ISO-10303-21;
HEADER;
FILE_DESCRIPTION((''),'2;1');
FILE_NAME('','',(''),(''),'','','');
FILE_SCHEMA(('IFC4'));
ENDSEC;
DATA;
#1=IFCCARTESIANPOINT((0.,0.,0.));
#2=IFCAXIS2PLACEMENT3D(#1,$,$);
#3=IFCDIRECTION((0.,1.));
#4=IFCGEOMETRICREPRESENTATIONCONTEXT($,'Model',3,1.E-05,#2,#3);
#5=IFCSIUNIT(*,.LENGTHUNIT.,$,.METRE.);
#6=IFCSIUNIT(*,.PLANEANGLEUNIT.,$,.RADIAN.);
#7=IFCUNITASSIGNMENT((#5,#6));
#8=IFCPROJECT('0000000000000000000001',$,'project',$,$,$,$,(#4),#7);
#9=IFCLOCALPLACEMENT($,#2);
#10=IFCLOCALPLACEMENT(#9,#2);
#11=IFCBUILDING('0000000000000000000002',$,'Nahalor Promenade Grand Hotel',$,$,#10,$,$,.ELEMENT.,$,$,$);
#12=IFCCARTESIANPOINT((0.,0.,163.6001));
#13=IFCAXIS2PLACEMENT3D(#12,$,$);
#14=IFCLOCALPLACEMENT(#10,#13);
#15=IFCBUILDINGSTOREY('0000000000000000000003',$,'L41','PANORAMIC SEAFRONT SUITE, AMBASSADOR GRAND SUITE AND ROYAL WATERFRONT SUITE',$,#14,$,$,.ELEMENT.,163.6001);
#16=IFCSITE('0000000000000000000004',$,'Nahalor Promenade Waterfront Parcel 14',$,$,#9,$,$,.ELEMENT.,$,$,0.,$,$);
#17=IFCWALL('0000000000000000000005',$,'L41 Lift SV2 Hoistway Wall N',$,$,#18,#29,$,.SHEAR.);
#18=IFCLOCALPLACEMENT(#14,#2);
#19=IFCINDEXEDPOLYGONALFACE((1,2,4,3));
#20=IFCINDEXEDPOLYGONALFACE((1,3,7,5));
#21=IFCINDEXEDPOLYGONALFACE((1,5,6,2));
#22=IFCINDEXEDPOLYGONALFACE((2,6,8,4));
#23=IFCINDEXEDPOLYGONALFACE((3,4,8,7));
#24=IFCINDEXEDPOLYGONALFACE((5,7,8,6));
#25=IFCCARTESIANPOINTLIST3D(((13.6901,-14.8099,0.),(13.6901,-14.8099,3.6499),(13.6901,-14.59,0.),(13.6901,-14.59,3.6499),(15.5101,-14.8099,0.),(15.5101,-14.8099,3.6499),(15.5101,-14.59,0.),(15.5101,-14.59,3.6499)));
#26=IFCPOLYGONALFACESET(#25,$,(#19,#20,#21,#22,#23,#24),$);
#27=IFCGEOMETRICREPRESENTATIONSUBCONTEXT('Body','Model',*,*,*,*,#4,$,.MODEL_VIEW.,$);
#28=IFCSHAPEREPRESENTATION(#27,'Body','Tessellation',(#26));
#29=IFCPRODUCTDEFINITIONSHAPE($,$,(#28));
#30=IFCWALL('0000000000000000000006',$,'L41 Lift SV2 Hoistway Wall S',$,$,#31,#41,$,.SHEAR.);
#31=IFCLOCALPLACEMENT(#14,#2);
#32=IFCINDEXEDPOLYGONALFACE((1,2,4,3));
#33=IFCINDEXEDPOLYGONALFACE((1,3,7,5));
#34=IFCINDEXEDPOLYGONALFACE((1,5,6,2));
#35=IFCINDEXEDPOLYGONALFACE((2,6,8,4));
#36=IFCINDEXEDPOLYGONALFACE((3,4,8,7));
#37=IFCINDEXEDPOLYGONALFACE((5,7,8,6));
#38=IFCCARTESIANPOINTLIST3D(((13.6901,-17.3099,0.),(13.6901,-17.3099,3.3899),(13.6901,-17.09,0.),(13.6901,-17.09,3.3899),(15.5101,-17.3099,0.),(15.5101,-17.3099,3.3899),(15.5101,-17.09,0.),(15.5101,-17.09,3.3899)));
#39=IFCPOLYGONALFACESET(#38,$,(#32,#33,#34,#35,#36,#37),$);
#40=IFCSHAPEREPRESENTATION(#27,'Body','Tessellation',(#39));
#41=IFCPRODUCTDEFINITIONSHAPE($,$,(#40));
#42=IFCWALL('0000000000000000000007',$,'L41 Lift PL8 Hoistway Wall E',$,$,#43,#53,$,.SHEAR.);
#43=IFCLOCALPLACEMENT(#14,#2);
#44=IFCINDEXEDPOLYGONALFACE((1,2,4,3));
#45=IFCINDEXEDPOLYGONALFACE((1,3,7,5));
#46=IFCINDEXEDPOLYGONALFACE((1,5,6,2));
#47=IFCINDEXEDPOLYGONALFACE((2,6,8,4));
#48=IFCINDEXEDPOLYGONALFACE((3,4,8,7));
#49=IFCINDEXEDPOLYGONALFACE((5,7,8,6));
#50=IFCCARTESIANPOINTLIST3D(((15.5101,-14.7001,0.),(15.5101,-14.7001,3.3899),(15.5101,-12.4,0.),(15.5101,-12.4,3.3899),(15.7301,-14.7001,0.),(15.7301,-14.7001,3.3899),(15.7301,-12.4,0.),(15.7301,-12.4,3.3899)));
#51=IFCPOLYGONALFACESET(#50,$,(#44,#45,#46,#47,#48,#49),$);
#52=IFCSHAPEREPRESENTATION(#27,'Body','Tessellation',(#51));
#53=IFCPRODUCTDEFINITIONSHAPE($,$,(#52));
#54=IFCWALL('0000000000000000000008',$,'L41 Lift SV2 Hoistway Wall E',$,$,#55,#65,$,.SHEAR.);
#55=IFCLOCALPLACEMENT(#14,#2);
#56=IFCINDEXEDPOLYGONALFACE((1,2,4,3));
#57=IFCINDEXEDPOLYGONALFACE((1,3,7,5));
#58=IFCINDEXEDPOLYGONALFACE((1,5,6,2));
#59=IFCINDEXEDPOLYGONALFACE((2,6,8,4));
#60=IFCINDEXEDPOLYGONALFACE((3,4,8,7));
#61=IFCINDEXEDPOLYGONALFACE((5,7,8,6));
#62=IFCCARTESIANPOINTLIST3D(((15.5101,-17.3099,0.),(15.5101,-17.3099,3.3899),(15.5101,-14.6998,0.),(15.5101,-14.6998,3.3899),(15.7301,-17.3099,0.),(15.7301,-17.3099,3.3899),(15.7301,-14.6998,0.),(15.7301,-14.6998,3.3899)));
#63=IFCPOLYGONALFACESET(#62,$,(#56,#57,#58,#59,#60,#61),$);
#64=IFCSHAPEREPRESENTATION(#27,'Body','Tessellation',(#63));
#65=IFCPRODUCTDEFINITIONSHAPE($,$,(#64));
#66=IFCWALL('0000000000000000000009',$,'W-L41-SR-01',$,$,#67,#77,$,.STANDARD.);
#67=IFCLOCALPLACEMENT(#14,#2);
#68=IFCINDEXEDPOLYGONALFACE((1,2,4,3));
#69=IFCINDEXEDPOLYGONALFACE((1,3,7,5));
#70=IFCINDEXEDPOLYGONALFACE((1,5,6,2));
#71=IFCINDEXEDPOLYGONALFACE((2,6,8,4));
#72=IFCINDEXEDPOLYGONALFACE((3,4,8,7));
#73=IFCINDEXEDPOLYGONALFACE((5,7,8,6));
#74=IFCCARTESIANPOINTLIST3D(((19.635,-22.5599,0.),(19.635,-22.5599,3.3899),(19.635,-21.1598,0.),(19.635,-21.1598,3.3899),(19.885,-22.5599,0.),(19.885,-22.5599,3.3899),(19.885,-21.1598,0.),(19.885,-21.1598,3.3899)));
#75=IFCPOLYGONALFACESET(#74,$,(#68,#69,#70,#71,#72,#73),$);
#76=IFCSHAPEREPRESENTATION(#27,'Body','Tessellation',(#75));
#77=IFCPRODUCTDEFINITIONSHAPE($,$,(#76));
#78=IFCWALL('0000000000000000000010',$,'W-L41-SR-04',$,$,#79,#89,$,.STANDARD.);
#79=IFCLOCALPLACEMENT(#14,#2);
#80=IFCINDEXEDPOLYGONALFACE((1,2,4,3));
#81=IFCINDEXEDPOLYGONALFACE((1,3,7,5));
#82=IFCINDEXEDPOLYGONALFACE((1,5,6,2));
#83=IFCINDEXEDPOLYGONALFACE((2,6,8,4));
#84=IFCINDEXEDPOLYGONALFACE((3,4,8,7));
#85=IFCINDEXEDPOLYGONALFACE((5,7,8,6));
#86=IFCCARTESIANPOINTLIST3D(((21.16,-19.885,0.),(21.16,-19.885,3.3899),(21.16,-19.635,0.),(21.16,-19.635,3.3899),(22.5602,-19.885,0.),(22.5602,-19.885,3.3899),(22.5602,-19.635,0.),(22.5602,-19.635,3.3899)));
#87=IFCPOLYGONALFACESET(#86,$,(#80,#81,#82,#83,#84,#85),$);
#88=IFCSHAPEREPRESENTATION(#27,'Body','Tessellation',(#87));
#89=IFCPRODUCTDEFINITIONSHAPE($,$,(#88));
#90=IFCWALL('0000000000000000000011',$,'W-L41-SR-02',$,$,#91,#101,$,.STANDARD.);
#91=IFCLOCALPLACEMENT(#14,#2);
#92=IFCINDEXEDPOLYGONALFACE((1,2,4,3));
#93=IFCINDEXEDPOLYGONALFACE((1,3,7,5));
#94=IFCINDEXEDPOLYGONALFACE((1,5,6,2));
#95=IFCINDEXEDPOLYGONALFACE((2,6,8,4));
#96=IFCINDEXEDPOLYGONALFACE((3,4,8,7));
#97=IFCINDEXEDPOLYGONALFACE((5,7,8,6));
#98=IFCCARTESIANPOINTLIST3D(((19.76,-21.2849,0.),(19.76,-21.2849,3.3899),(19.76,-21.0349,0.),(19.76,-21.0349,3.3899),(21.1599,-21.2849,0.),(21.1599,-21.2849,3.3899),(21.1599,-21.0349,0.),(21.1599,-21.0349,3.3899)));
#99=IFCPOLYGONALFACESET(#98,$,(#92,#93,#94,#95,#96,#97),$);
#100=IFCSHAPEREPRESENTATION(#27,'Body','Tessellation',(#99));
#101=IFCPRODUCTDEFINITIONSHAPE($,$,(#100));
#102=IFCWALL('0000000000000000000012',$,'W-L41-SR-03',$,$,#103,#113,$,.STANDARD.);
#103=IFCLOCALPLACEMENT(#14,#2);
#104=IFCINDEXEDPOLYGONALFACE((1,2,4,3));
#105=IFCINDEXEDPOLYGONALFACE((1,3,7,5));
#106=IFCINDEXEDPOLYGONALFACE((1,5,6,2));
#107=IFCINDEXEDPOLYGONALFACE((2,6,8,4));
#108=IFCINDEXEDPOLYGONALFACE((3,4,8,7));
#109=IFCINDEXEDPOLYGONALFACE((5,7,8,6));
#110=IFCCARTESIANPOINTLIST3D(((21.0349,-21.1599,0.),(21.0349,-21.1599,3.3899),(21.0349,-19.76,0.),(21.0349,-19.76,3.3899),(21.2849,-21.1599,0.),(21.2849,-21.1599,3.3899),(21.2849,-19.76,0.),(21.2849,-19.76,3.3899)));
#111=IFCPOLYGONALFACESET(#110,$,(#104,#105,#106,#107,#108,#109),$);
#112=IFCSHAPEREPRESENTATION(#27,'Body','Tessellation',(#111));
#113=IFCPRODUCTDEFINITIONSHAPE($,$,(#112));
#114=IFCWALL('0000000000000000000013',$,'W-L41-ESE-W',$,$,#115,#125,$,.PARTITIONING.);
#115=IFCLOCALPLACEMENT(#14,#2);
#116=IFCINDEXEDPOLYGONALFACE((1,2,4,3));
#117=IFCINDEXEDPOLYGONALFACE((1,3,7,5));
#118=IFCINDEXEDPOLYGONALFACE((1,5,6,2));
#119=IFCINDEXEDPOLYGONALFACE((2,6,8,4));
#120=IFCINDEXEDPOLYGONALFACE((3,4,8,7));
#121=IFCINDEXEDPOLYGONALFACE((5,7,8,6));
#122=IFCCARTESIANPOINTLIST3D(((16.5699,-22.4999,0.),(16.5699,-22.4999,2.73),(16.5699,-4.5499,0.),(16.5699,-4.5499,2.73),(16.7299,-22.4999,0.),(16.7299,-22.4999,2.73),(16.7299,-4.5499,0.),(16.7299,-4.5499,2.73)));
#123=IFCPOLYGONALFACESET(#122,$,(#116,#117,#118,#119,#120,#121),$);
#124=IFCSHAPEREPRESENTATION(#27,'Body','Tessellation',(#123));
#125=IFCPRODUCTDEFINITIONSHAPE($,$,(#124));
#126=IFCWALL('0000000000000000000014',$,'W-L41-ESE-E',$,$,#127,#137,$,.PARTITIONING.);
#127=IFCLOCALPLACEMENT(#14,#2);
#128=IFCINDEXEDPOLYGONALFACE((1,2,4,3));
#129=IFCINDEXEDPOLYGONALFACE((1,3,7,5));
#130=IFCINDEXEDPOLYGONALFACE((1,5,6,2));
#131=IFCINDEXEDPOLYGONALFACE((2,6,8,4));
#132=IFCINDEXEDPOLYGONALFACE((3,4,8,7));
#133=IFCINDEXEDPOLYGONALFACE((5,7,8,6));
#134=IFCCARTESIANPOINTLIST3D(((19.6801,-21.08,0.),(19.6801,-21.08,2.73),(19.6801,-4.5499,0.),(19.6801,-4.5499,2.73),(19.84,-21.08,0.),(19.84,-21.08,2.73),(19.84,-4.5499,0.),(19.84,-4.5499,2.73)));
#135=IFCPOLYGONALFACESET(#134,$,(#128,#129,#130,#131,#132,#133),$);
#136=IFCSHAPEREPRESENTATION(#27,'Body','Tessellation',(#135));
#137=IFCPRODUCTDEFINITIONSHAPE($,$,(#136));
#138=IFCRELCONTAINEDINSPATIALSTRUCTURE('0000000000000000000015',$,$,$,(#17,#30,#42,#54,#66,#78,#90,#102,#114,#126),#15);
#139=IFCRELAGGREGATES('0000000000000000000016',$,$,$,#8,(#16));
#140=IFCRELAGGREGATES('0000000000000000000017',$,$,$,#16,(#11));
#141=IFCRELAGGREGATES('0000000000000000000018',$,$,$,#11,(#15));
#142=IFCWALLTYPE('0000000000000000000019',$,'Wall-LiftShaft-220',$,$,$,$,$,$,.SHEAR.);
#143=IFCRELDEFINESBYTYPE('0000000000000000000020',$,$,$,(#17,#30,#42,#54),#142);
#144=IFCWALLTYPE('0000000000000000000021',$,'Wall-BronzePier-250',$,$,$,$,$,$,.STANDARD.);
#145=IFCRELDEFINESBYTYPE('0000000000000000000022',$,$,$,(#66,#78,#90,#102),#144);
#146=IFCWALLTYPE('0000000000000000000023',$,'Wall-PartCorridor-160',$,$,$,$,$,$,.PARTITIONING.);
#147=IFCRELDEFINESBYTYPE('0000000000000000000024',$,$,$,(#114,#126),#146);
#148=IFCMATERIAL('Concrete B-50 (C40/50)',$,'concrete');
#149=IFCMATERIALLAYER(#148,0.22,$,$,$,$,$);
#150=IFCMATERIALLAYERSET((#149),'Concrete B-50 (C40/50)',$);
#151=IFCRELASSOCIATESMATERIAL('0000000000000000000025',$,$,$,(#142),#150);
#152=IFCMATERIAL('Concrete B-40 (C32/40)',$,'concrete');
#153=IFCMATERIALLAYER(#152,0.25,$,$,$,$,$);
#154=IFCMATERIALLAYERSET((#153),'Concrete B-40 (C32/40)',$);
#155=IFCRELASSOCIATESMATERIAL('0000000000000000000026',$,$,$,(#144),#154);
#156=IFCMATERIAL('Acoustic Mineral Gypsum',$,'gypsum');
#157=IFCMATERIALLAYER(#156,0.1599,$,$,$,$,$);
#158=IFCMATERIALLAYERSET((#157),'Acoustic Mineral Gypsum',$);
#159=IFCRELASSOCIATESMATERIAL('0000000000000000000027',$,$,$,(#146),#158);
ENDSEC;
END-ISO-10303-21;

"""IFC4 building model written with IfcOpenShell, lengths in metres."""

from ifc_helpers import new_model, si_unit, direction, frame, frame_2d, origin, place, context, subcontext, project, spatial, rectangle, extrude, source, transform, mapped, material, layer, layer_set, type_object, element, save


model = new_model("IFC4")

# Units and contexts
model_context = context("Model", 3, precision=1e-05, world=origin(), true_north=direction((0.0, 1.0)))
body_context = subcontext(model_context, "Body", "Model", "MODEL_VIEW")
ifc_project = project(units=[si_unit("LENGTHUNIT", "METRE"), si_unit("PLANEANGLEUNIT", "RADIAN")], contexts=[model_context])

# Site, building, storey
site_placement = place(None, origin())
site = spatial("IfcSite", under=ifc_project, at=site_placement, Name="Nahalor Promenade Waterfront Parcel 14", CompositionType="ELEMENT", RefElevation=0.0)
building_placement = place(site_placement, origin())
building = spatial("IfcBuilding", under=site, at=building_placement, Name="Nahalor Promenade Grand Hotel", CompositionType="ELEMENT")
storey_placement = place(building_placement, frame((0.0, 0.0, 163.6001)))
storey = spatial("IfcBuildingStorey", under=building, at=storey_placement, Name="L41", Description="PANORAMIC SEAFRONT SUITE, AMBASSADOR GRAND SUITE AND ROYAL WATERFRONT SUITE", CompositionType="ELEMENT", Elevation=163.6001)

# Walls
ifc_material_1 = material(Name="Concrete B-50 (C40/50)", Category="concrete")
ifc_layer_1 = layer(ifc_material_1, 0.22)
ifc_layer_set_1 = layer_set([ifc_layer_1], Name="Concrete B-50 (C40/50)")
wall_type_1 = type_object("IfcWallType", Name="Wall-LiftShaft-220", PredefinedType="SHEAR", material=ifc_layer_set_1)
shared_shape_1 = source(origin(), body_context, "Body", "SweptSolid", [
    extrude(rectangle(XDim=1.8201, YDim=0.22, at=frame_2d((0.9102, 0.0))), origin(), (0.0, 0.0, 1.0), 3.6499),
])
wall_1_placement = place(storey_placement, frame((13.6899, -14.7, 0.0), z_axis=(0.0, 0.0, 1.0), x_axis=(1.0, 0.0, 0.0)))
element("IfcWall", 1, at=wall_1_placement, inside=storey, type_object=wall_type_1, Name="L41 Lift SV2 Hoistway Wall N", PredefinedType="SHEAR", context=body_context, shape_type="MappedRepresentation", body=[
    mapped(shared_shape_1, transform((0.0, 0.0, 0.0), scale=1.0)),
])
shared_shape_2 = source(origin(), body_context, "Body", "SweptSolid", [
    extrude(rectangle(XDim=1.8201, YDim=0.22, at=frame_2d((0.9102, 0.0))), origin(), (0.0, 0.0, 1.0), 3.3899),
])
wall_2_placement = place(storey_placement, frame((13.6899, -17.2, 0.0), z_axis=(0.0, 0.0, 1.0), x_axis=(1.0, 0.0, 0.0)))
element("IfcWall", 2, at=wall_2_placement, inside=storey, type_object=wall_type_1, Name="L41 Lift SV2 Hoistway Wall S", PredefinedType="SHEAR", context=body_context, shape_type="MappedRepresentation", body=[
    mapped(shared_shape_2, transform((0.0, 0.0, 0.0), scale=1.0)),
])
shared_shape_3 = source(origin(), body_context, "Body", "SweptSolid", [
    extrude(rectangle(XDim=2.3, YDim=0.22, at=frame_2d((1.1499, 0.0))), origin(), (0.0, 0.0, 1.0), 3.3899),
])
wall_3_placement = place(storey_placement, frame((15.6201, -14.7, 0.0), z_axis=(0.0, 0.0, 1.0), x_axis=(0.0, 1.0, 0.0)))
element("IfcWall", 3, at=wall_3_placement, inside=storey, type_object=wall_type_1, Name="L41 Lift PL8 Hoistway Wall E", PredefinedType="SHEAR", context=body_context, shape_type="MappedRepresentation", body=[
    mapped(shared_shape_3, transform((0.0, 0.0, 0.0), scale=1.0)),
])
shared_shape_4 = source(origin(), body_context, "Body", "SweptSolid", [
    extrude(rectangle(XDim=2.6101, YDim=0.22, at=frame_2d((1.3052, 0.0))), origin(), (0.0, 0.0, 1.0), 3.3899),
])
wall_4_placement = place(storey_placement, frame((15.6201, -17.3101, 0.0), z_axis=(0.0, 0.0, 1.0), x_axis=(0.0, 1.0, 0.0)))
element("IfcWall", 4, at=wall_4_placement, inside=storey, type_object=wall_type_1, Name="L41 Lift SV2 Hoistway Wall E", PredefinedType="SHEAR", context=body_context, shape_type="MappedRepresentation", body=[
    mapped(shared_shape_4, transform((0.0, 0.0, 0.0), scale=1.0)),
])
ifc_material_2 = material(Name="Concrete B-40 (C32/40)", Category="concrete")
ifc_layer_2 = layer(ifc_material_2, 0.25)
ifc_layer_set_2 = layer_set([ifc_layer_2], Name="Concrete B-40 (C32/40)")
wall_type_2 = type_object("IfcWallType", Name="Wall-BronzePier-250", PredefinedType="STANDARD", material=ifc_layer_set_2)
shared_shape_5 = source(origin(), body_context, "Body", "SweptSolid", [
    extrude(rectangle(XDim=1.4001, YDim=0.25, at=frame_2d((0.7002, 0.0))), origin(), (0.0, 0.0, 1.0), 3.3899),
])
for number, where, z_axis, x_axis, name in (
    (5, (19.76, -22.5601, 0.0), (0.0, 0.0, 1.0), (0.0, 1.0, 0.0), "W-L41-SR-01"),
    (6, (21.1599, -19.76, 0.0), (0.0, 0.0, 1.0), (1.0, 0.0, 0.0), "W-L41-SR-04"),
):
    element("IfcWall", number, at=place(storey_placement, frame(where, z_axis=z_axis, x_axis=x_axis)), inside=storey, type_object=wall_type_2, Name=name, PredefinedType="STANDARD", context=body_context, shape_type="MappedRepresentation", body=[
        mapped(shared_shape_5, transform((0.0, 0.0, 0.0), scale=1.0)),
    ])
shared_shape_6 = source(origin(), body_context, "Body", "SweptSolid", [
    extrude(rectangle(XDim=1.3999, YDim=0.25, at=frame_2d((0.7, 0.0))), origin(), (0.0, 0.0, 1.0), 3.3899),
])
for number, where, z_axis, x_axis, name in (
    (7, (19.76, -21.1599, 0.0), (0.0, 0.0, 1.0), (1.0, 0.0, 0.0), "W-L41-SR-02"),
    (8, (21.1599, -21.1599, 0.0), (0.0, 0.0, 1.0), (0.0, 1.0, 0.0), "W-L41-SR-03"),
):
    element("IfcWall", number, at=place(storey_placement, frame(where, z_axis=z_axis, x_axis=x_axis)), inside=storey, type_object=wall_type_2, Name=name, PredefinedType="STANDARD", context=body_context, shape_type="MappedRepresentation", body=[
        mapped(shared_shape_6, transform((0.0, 0.0, 0.0), scale=1.0)),
    ])
ifc_material_3 = material(Name="Acoustic Mineral Gypsum", Category="gypsum")
ifc_layer_3 = layer(ifc_material_3, 0.1599)
ifc_layer_set_3 = layer_set([ifc_layer_3], Name="Acoustic Mineral Gypsum")
wall_type_3 = type_object("IfcWallType", Name="Wall-PartCorridor-160", PredefinedType="PARTITIONING", material=ifc_layer_set_3)
shared_shape_7 = source(origin(), body_context, "Body", "SweptSolid", [
    extrude(rectangle(XDim=17.95, YDim=0.1599, at=frame_2d((8.9751, 0.0))), origin(), (0.0, 0.0, 1.0), 2.73),
])
wall_5_placement = place(storey_placement, frame((16.6499, -22.5, 0.0), z_axis=(0.0, 0.0, 1.0), x_axis=(0.0, 1.0, 0.0)))
element("IfcWall", 9, at=wall_5_placement, inside=storey, type_object=wall_type_3, Name="W-L41-ESE-W", PredefinedType="PARTITIONING", context=body_context, shape_type="MappedRepresentation", body=[
    mapped(shared_shape_7, transform((0.0, 0.0, 0.0), scale=1.0)),
])
shared_shape_8 = source(origin(), body_context, "Body", "SweptSolid", [
    extrude(rectangle(XDim=16.53, YDim=0.1599, at=frame_2d((8.2651, 0.0))), origin(), (0.0, 0.0, 1.0), 2.73),
])
wall_6_placement = place(storey_placement, frame((19.76, -21.0801, 0.0), z_axis=(0.0, 0.0, 1.0), x_axis=(0.0, 1.0, 0.0)))
element("IfcWall", 10, at=wall_6_placement, inside=storey, type_object=wall_type_3, Name="W-L41-ESE-E", PredefinedType="PARTITIONING", context=body_context, shape_type="MappedRepresentation", body=[
    mapped(shared_shape_8, transform((0.0, 0.0, 0.0), scale=1.0)),
])

save(model, "model.ifc")
